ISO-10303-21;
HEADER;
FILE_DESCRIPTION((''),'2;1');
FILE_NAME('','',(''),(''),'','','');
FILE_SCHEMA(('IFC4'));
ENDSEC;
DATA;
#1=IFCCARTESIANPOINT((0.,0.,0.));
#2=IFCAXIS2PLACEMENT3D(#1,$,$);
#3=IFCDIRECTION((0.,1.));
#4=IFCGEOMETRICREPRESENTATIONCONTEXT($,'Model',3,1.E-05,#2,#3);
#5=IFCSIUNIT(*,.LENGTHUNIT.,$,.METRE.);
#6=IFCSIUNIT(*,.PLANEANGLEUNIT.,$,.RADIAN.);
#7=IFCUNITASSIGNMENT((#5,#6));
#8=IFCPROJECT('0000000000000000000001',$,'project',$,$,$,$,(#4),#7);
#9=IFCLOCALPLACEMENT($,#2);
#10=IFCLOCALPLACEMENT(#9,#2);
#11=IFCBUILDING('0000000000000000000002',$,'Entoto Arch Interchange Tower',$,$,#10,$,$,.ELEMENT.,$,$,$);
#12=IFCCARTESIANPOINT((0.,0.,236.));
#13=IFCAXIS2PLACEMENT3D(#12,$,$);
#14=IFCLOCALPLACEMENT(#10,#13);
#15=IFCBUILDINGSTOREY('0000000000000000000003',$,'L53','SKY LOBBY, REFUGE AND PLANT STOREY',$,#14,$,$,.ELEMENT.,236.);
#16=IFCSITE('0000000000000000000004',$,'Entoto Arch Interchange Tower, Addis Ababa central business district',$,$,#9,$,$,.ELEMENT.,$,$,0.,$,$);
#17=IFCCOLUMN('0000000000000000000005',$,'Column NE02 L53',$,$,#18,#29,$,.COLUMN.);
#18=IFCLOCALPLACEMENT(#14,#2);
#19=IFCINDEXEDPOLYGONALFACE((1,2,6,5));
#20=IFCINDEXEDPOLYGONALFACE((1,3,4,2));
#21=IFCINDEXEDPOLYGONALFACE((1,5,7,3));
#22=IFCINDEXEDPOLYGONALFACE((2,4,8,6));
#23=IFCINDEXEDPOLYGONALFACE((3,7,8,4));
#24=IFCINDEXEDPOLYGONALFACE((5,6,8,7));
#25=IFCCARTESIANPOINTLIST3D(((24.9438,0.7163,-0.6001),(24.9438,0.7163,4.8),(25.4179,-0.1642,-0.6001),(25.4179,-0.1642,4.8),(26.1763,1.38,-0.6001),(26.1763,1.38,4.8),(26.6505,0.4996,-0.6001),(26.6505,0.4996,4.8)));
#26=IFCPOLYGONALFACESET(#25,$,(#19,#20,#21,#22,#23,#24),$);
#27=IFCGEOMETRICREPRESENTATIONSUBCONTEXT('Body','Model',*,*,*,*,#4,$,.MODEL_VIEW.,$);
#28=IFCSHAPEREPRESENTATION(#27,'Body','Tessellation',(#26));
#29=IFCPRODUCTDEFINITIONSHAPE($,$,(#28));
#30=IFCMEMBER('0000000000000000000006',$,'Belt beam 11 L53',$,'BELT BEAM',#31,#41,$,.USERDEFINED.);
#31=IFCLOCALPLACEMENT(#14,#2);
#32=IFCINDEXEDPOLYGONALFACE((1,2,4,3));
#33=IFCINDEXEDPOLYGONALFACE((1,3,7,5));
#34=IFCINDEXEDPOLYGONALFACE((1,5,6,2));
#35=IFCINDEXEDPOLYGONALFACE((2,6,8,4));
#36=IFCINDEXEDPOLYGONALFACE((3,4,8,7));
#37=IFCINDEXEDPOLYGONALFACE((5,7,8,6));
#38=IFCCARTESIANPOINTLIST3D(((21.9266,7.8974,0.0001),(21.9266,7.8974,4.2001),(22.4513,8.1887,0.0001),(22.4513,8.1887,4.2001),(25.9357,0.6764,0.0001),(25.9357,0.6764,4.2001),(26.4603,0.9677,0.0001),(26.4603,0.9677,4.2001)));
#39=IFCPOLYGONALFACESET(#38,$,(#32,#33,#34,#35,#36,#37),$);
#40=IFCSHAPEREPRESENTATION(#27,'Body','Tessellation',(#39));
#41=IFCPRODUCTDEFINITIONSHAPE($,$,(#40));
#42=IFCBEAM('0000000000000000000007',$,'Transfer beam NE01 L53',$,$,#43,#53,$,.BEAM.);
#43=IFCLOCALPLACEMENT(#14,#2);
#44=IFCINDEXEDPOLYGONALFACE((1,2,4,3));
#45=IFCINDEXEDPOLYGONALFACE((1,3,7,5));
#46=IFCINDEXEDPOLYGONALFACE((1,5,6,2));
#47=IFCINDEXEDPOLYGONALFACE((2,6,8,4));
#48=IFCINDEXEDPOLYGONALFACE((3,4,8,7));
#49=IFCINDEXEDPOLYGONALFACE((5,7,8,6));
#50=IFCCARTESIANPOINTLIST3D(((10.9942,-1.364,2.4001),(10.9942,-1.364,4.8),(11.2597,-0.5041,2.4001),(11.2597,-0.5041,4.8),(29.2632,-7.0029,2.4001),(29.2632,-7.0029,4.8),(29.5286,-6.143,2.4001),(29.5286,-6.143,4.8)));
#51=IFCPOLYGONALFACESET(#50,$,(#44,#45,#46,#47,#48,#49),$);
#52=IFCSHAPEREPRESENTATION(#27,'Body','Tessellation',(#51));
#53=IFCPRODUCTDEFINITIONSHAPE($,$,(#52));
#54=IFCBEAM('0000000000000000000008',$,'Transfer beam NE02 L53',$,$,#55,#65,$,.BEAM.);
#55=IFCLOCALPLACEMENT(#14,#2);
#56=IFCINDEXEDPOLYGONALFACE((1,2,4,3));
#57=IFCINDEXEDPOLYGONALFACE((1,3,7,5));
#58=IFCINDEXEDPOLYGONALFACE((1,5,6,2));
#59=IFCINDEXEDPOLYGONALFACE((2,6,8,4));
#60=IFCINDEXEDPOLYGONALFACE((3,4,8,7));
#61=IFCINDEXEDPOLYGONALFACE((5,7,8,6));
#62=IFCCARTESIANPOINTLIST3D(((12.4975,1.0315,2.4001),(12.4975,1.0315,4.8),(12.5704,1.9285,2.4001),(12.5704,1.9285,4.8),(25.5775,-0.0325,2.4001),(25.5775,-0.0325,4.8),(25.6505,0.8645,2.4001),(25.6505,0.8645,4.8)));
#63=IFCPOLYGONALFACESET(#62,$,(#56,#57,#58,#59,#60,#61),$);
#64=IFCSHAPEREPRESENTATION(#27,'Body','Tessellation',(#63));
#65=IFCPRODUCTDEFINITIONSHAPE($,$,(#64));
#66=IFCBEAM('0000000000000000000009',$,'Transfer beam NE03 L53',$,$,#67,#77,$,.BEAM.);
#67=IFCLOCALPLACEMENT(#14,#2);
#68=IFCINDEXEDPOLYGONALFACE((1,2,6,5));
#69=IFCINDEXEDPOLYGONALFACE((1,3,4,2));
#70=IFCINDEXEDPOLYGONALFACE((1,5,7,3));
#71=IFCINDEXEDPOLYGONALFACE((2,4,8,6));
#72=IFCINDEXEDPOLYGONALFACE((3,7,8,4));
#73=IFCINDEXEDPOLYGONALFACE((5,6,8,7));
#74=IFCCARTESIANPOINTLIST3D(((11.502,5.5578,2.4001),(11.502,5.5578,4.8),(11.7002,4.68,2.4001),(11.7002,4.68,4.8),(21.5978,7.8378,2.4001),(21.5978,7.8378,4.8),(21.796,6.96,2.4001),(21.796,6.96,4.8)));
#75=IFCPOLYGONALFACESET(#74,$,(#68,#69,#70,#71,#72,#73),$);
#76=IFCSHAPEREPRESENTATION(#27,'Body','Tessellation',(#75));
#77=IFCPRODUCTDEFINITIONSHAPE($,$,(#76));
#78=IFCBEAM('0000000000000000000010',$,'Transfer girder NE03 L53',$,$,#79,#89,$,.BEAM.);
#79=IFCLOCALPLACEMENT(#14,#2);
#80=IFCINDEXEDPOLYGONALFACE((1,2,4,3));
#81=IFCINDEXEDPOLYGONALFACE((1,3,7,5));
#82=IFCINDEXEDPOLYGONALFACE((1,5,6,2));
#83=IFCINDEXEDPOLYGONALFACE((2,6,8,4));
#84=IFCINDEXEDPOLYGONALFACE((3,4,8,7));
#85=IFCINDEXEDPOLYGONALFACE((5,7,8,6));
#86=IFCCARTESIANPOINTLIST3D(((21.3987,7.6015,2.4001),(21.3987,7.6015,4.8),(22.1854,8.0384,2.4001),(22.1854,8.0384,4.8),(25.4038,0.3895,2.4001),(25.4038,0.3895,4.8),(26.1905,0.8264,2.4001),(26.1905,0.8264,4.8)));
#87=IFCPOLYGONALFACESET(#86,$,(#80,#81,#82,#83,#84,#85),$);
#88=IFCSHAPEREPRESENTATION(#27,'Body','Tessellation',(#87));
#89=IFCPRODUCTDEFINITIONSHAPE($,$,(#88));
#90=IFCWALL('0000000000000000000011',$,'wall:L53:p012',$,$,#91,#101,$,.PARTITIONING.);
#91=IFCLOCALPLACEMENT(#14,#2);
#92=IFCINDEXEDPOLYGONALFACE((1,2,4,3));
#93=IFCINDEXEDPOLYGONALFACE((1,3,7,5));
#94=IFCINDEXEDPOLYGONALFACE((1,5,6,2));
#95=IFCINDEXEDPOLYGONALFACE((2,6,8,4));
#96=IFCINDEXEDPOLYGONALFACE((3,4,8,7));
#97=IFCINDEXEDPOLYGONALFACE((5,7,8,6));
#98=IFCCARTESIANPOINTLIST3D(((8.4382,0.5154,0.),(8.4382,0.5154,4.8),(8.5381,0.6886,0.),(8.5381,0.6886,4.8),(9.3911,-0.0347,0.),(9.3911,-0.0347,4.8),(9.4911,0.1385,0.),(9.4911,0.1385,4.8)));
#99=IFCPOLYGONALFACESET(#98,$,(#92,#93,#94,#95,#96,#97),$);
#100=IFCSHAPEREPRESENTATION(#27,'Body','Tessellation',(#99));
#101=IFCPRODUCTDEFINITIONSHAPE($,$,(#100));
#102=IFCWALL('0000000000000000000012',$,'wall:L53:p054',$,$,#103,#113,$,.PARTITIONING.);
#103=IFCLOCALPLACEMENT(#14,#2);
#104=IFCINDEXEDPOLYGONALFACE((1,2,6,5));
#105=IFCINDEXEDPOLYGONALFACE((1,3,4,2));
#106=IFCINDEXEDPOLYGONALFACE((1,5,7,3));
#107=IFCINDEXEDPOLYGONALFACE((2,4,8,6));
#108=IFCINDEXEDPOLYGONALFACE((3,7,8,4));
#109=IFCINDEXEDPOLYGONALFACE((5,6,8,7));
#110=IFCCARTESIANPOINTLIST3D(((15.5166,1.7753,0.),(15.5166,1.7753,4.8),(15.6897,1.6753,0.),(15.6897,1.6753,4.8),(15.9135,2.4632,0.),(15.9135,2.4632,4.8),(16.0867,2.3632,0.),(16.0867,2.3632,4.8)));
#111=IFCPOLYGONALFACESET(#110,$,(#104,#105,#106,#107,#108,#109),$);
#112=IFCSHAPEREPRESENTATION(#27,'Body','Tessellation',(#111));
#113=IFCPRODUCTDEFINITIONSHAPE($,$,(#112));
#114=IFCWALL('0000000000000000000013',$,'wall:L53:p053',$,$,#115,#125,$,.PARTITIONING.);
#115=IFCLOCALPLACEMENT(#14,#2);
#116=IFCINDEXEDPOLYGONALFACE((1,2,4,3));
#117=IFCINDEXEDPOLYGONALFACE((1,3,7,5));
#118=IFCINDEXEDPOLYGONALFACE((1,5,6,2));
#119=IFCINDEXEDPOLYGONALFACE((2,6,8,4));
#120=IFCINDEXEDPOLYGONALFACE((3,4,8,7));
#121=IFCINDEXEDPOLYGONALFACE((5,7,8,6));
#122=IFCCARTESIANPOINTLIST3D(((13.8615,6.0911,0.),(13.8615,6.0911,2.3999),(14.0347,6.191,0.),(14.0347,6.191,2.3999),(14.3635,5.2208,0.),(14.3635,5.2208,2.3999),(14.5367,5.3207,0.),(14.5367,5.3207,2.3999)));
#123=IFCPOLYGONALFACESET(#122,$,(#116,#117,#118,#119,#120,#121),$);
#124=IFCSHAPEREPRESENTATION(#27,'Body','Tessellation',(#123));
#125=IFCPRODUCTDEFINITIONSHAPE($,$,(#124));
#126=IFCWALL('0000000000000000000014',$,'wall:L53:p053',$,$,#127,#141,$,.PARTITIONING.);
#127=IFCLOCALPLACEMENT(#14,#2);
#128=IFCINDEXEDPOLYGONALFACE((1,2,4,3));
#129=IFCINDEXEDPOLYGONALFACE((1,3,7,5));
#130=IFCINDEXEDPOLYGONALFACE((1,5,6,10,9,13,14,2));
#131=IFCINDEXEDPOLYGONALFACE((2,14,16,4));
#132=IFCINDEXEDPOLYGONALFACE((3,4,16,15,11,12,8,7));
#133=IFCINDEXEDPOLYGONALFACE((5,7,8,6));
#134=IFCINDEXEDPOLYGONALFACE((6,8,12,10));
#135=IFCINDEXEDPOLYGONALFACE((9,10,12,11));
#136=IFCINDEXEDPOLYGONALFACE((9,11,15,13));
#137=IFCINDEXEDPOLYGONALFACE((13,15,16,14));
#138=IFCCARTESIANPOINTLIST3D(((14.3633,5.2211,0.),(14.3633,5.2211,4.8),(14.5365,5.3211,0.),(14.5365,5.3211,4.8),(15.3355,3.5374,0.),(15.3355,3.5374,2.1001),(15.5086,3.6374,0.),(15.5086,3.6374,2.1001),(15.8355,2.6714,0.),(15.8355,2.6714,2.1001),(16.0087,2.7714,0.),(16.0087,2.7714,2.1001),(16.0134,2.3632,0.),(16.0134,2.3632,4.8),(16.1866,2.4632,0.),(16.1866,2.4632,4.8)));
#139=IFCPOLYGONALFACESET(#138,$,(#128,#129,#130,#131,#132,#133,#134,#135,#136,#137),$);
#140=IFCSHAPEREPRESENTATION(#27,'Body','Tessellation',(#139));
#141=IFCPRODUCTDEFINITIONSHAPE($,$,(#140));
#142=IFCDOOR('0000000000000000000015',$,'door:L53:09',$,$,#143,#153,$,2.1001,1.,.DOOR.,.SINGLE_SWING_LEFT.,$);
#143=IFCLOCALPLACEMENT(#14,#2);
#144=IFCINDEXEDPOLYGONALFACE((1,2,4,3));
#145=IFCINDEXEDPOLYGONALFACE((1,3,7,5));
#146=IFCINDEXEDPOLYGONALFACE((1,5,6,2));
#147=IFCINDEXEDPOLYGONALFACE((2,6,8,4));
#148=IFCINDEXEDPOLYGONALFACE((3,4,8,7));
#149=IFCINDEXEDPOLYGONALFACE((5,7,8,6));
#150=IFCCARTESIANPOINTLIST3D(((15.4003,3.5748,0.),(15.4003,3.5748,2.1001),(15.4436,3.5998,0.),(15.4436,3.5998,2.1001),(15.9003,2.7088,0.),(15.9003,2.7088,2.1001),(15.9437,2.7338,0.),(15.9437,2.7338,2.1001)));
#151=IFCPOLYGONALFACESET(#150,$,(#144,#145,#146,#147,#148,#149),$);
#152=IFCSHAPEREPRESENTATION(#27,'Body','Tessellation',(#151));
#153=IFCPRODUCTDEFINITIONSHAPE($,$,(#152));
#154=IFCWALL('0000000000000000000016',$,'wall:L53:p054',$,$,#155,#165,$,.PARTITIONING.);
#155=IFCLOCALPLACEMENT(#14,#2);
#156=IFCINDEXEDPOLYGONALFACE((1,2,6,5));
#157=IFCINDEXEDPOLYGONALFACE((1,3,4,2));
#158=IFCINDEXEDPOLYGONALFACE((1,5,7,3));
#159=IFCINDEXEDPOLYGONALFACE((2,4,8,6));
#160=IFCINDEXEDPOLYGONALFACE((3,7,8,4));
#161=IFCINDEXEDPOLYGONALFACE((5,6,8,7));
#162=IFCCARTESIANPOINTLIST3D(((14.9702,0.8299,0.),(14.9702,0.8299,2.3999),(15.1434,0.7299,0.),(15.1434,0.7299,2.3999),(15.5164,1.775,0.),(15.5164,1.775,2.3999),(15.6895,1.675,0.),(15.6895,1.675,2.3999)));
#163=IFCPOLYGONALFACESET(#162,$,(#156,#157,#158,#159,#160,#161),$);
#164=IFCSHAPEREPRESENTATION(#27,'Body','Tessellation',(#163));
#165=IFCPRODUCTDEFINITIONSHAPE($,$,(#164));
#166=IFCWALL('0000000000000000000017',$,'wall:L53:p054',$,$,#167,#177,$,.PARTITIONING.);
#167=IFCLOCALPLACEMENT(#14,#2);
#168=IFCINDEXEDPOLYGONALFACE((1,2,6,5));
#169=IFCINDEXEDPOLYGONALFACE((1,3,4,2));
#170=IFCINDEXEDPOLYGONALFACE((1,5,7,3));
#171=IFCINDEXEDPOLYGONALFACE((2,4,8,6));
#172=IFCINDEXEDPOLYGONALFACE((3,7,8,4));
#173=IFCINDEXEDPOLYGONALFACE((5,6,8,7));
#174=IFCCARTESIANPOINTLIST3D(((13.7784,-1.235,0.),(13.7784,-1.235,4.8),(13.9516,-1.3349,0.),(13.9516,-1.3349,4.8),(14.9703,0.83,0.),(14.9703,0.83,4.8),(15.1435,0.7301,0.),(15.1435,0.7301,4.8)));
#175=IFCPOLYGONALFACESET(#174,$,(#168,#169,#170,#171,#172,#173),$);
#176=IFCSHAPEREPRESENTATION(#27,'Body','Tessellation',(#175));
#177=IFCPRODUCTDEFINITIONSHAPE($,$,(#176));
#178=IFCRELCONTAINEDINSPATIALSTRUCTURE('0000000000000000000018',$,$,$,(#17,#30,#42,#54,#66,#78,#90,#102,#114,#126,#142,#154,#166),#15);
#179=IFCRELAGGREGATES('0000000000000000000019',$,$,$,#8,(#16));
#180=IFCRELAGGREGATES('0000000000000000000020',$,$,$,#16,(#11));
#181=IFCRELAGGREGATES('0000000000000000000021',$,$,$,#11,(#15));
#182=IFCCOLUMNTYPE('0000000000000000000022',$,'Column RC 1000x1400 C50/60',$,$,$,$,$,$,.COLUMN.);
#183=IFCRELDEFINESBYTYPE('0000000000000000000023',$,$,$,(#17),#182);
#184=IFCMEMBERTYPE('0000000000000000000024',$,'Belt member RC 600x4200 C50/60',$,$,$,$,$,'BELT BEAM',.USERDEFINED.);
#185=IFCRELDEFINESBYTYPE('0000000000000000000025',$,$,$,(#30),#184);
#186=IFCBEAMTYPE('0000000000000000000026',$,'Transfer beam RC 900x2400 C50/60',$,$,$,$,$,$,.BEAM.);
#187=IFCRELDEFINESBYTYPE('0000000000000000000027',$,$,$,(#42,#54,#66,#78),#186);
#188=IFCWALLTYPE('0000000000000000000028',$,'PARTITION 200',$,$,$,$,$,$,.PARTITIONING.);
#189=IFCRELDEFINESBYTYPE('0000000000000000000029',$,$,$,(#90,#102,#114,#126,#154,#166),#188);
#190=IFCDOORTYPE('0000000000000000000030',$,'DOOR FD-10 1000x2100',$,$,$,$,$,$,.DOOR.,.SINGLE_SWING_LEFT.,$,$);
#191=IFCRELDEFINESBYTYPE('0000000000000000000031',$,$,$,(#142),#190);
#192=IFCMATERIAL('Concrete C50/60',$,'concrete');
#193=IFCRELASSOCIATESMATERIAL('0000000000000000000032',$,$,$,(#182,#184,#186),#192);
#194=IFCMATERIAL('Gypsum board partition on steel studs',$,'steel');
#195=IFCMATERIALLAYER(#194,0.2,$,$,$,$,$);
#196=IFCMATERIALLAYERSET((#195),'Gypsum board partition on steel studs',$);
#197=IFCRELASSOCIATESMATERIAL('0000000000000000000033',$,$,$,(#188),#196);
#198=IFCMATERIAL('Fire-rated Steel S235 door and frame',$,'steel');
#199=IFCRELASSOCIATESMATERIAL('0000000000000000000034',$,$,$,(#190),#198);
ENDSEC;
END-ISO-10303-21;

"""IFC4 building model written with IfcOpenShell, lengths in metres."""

from ifc_helpers import new_model, si_unit, direction, frame, frame_2d, origin, origin_2d, place, context, subcontext, project, spatial, rectangle, extrude, material, layer, layer_set, material_profile, profile_set, type_object, element, fill, save


model = new_model("IFC4")

# Units and contexts
model_context = context("Model", 3, precision=1e-05, world=origin(), true_north=direction((0.0, 1.0)))
body_context = subcontext(model_context, "Body", "Model", "MODEL_VIEW")
ifc_project = project(units=[si_unit("LENGTHUNIT", "METRE"), si_unit("PLANEANGLEUNIT", "RADIAN")], contexts=[model_context])

# Site, building, storey
site_placement = place(None, origin())
site = spatial("IfcSite", under=ifc_project, at=site_placement, Name="Entoto Arch Interchange Tower, Addis Ababa central business district", CompositionType="ELEMENT", RefElevation=0.0)
building_placement = place(site_placement, origin())
building = spatial("IfcBuilding", under=site, at=building_placement, Name="Entoto Arch Interchange Tower", CompositionType="ELEMENT")
storey_placement = place(building_placement, frame((0.0, 0.0, 236.0)))
storey = spatial("IfcBuildingStorey", under=building, at=storey_placement, Name="L53", Description="SKY LOBBY, REFUGE AND PLANT STOREY", CompositionType="ELEMENT", Elevation=236.0)

# Column
ifc_material_1 = material(Name="Concrete C50/60", Category="concrete")
ifc_material_profile_1 = material_profile(ifc_material_1, rectangle(XDim=1.0, YDim=1.3999, at=origin_2d()))
ifc_profile_set_1 = profile_set([ifc_material_profile_1], Name="Concrete C50/60")
column_type = type_object("IfcColumnType", Name="Column RC 1000x1400 C50/60", PredefinedType="COLUMN", material=ifc_profile_set_1)
column_placement = place(storey_placement, frame((25.7971, 0.6079, -0.6001), z_axis=(0.0, 0.0, 1.0), x_axis=(-0.474134, 0.880453, 0.0)))
element("IfcColumn", 1, at=column_placement, inside=storey, type_object=column_type, Name="Column NE02 L53", PredefinedType="COLUMN", context=body_context, shape_type="SweptSolid", body=[
    extrude(rectangle(XDim=1.0, YDim=1.3999, at=origin_2d()), origin(), (0.0, 0.0, 1.0), 5.4001),
])

# Member
ifc_material_profile_2 = material_profile(ifc_material_1, rectangle(XDim=0.6001, YDim=4.2, at=origin_2d()))
ifc_profile_set_2 = profile_set([ifc_material_profile_2], Name="Concrete C50/60")
member_type = type_object("IfcMemberType", Name="Belt member RC 600x4200 C50/60", ElementType="BELT BEAM", PredefinedType="USERDEFINED", material=ifc_profile_set_2)
member_placement = place(storey_placement, frame((26.198, 0.822, 2.1001), z_axis=(-0.485402, 0.874291, 0.0), x_axis=(-0.874291, -0.485402, 0.0)))
element("IfcMember", 2, at=member_placement, inside=storey, type_object=member_type, Name="Belt beam 11 L53", ObjectType="BELT BEAM", PredefinedType="USERDEFINED", context=body_context, shape_type="SweptSolid", body=[
    extrude(rectangle(XDim=0.6001, YDim=4.2, at=origin_2d()), origin(), (0.0, 0.0, 1.0), 8.2593),
])

# Beams
ifc_material_profile_3 = material_profile(ifc_material_1, rectangle(XDim=0.8999, YDim=2.3999, at=origin_2d()))
ifc_profile_set_3 = profile_set([ifc_material_profile_3], Name="Concrete C50/60")
beam_type = type_object("IfcBeamType", Name="Transfer beam RC 900x2400 C50/60", PredefinedType="BEAM", material=ifc_profile_set_3)
beam_1_placement = place(storey_placement, frame((11.127, -0.9341, 3.6001), z_axis=(0.955519, -0.29493, 0.0), x_axis=(0.29493, 0.955519, 0.0)))
element("IfcBeam", 3, at=beam_1_placement, inside=storey, type_object=beam_type, Name="Transfer beam NE01 L53", PredefinedType="BEAM", context=body_context, shape_type="SweptSolid", body=[
    extrude(rectangle(XDim=0.8999, YDim=2.3999, at=origin_2d()), origin(), (0.0, 0.0, 1.0), 19.1194),
])
beam_2_placement = place(storey_placement, frame((12.5339, 1.48, 3.6001), z_axis=(0.996708, -0.081075, 0.0), x_axis=(0.081075, 0.996708, 0.0)))
element("IfcBeam", 4, at=beam_2_placement, inside=storey, type_object=beam_type, Name="Transfer beam NE02 L53", PredefinedType="BEAM", context=body_context, shape_type="SweptSolid", body=[
    extrude(rectangle(XDim=0.8999, YDim=2.3999, at=origin_2d()), origin(), (0.0, 0.0, 1.0), 13.1233),
])
beam_3_placement = place(storey_placement, frame((11.6011, 5.1189, 3.6001), z_axis=(0.975435, 0.220288, 0.0), x_axis=(-0.220288, 0.975435, 0.0)))
element("IfcBeam", 5, at=beam_3_placement, inside=storey, type_object=beam_type, Name="Transfer beam NE03 L53", PredefinedType="BEAM", context=body_context, shape_type="SweptSolid", body=[
    extrude(rectangle(XDim=0.8999, YDim=2.3999, at=origin_2d()), origin(), (0.0, 0.0, 1.0), 10.3501),
])
beam_4_placement = place(storey_placement, frame((25.7971, 0.6079, 3.6001), z_axis=(-0.485492, 0.874241, 0.0), x_axis=(-0.874241, -0.485492, 0.0)))
element("IfcBeam", 6, at=beam_4_placement, inside=storey, type_object=beam_type, Name="Transfer girder NE03 L53", PredefinedType="BEAM", context=body_context, shape_type="SweptSolid", body=[
    extrude(rectangle(XDim=0.8999, YDim=2.3999, at=origin_2d()), origin(), (0.0, 0.0, 1.0), 8.2495),
])

# Walls
ifc_material_2 = material(Name="Gypsum board partition on steel studs", Category="steel")
ifc_layer_1 = layer(ifc_material_2, 0.2)
ifc_layer_set_1 = layer_set([ifc_layer_1], Name="Gypsum board partition on steel studs")
wall_type_1 = type_object("IfcWallType", Name="PARTITION 200", PredefinedType="PARTITIONING", material=ifc_layer_set_1)
wall_1_placement = place(storey_placement, frame((8.488, 0.6021, 0.0), z_axis=(0.0, 0.0, 1.0), x_axis=(0.866064, -0.499934, 0.0)))
element("IfcWall", 7, at=wall_1_placement, inside=storey, type_object=wall_type_1, Name="wall:L53:p012", PredefinedType="PARTITIONING", context=body_context, shape_type="SweptSolid", body=[
    extrude(rectangle(XDim=1.1003, YDim=0.2, at=frame_2d((0.5503, 0.0))), origin(), (0.0, 0.0, 1.0), 4.8),
])
wall_2_placement = place(storey_placement, frame((16.0, 2.4131, 0.0), z_axis=(0.0, 0.0, 1.0), x_axis=(-0.499776, -0.866155, 0.0)))
element("IfcWall", 8, at=wall_2_placement, inside=storey, type_object=wall_type_1, Name="wall:L53:p054", PredefinedType="PARTITIONING", context=body_context, shape_type="SweptSolid", body=[
    extrude(rectangle(XDim=0.7942, YDim=0.2, at=frame_2d((0.397, 0.0))), origin(), (0.0, 0.0, 1.0), 4.8),
])
wall_3_placement = place(storey_placement, frame((13.948, 6.1411, 0.0), z_axis=(0.0, 0.0, 1.0), x_axis=(0.499694, -0.866202, 0.0)))
element("IfcWall", 9, at=wall_3_placement, inside=storey, type_object=wall_type_1, Name="wall:L53:p053", PredefinedType="PARTITIONING", context=body_context, shape_type="SweptSolid", body=[
    extrude(rectangle(XDim=1.0046, YDim=0.2, at=frame_2d((0.5024, 0.0))), origin(), (0.0, 0.0, 1.0), 2.3999),
])

# Wall, opening, door
wall_4_placement = place(storey_placement, frame((14.45, 5.271, 0.0), z_axis=(0.0, 0.0, 1.0), x_axis=(0.50003, -0.866008, 0.0)))
wall_4 = element("IfcWall", 10, at=wall_4_placement, inside=storey, type_object=wall_type_1, Name="wall:L53:p053", PredefinedType="PARTITIONING", context=body_context, shape_type="SweptSolid", body=[
    extrude(rectangle(XDim=3.3, YDim=0.2, at=frame_2d((1.6499, 0.0))), origin(), (0.0, 0.0, 1.0), 4.8),
])
opening_placement = place(wall_4_placement, frame((1.9441, 0.0, 0.0)))
opening = element("IfcOpeningElement", 11, at=opening_placement, cuts=wall_4, PredefinedType="OPENING", context=body_context, shape_type="SweptSolid", body=[
    extrude(rectangle(XDim=1.0, YDim=2.1001, at=frame_2d((0.5, 1.05))), frame((0.0, 0.1099, 0.0), z_axis=(0.0, -1.0, 0.0), x_axis=(1.0, 0.0, 0.0)), (0.0, 0.0, 1.0), 0.22),
])
ifc_material_3 = material(Name="Fire-rated Steel S235 door and frame", Category="steel")
door_type = type_object("IfcDoorType", Name="DOOR FD-10 1000x2100", OperationType="SINGLE_SWING_LEFT", PredefinedType="DOOR", material=ifc_material_3)
door_placement = place(opening_placement, origin())
door = element("IfcDoor", 12, at=door_placement, inside=storey, type_object=door_type, Name="door:L53:09", OperationType="SINGLE_SWING_LEFT", OverallHeight=2.1001, OverallWidth=1.0, PredefinedType="DOOR", context=body_context, shape_type="SweptSolid", body=[
    extrude(rectangle(XDim=1.0, YDim=2.1001, at=frame_2d((0.5, 1.05))), frame((0.0, 0.0249, 0.0), z_axis=(0.0, -1.0, 0.0), x_axis=(1.0, 0.0, 0.0)), (0.0, 0.0, 1.0), 0.05),
])
fill(opening, door)

# Walls
wall_5_placement = place(storey_placement, frame((15.603, 1.7251, 0.0), z_axis=(0.0, 0.0, 1.0), x_axis=(-0.500348, -0.865824, 0.0)))
element("IfcWall", 13, at=wall_5_placement, inside=storey, type_object=wall_type_1, Name="wall:L53:p054", PredefinedType="PARTITIONING", context=body_context, shape_type="SweptSolid", body=[
    extrude(rectangle(XDim=1.0916, YDim=0.2, at=frame_2d((0.5459, 0.0))), origin(), (0.0, 0.0, 1.0), 2.3999),
])
wall_6_placement = place(storey_placement, frame((15.0569, 0.78, 0.0), z_axis=(0.0, 0.0, 1.0), x_axis=(-0.499906, -0.86608, 0.0)))
element("IfcWall", 14, at=wall_6_placement, inside=storey, type_object=wall_type_1, Name="wall:L53:p054", PredefinedType="PARTITIONING", context=body_context, shape_type="SweptSolid", body=[
    extrude(rectangle(XDim=2.3843, YDim=0.2, at=frame_2d((1.1921, 0.0))), origin(), (0.0, 0.0, 1.0), 4.8),
])

save(model, "model.ifc")
